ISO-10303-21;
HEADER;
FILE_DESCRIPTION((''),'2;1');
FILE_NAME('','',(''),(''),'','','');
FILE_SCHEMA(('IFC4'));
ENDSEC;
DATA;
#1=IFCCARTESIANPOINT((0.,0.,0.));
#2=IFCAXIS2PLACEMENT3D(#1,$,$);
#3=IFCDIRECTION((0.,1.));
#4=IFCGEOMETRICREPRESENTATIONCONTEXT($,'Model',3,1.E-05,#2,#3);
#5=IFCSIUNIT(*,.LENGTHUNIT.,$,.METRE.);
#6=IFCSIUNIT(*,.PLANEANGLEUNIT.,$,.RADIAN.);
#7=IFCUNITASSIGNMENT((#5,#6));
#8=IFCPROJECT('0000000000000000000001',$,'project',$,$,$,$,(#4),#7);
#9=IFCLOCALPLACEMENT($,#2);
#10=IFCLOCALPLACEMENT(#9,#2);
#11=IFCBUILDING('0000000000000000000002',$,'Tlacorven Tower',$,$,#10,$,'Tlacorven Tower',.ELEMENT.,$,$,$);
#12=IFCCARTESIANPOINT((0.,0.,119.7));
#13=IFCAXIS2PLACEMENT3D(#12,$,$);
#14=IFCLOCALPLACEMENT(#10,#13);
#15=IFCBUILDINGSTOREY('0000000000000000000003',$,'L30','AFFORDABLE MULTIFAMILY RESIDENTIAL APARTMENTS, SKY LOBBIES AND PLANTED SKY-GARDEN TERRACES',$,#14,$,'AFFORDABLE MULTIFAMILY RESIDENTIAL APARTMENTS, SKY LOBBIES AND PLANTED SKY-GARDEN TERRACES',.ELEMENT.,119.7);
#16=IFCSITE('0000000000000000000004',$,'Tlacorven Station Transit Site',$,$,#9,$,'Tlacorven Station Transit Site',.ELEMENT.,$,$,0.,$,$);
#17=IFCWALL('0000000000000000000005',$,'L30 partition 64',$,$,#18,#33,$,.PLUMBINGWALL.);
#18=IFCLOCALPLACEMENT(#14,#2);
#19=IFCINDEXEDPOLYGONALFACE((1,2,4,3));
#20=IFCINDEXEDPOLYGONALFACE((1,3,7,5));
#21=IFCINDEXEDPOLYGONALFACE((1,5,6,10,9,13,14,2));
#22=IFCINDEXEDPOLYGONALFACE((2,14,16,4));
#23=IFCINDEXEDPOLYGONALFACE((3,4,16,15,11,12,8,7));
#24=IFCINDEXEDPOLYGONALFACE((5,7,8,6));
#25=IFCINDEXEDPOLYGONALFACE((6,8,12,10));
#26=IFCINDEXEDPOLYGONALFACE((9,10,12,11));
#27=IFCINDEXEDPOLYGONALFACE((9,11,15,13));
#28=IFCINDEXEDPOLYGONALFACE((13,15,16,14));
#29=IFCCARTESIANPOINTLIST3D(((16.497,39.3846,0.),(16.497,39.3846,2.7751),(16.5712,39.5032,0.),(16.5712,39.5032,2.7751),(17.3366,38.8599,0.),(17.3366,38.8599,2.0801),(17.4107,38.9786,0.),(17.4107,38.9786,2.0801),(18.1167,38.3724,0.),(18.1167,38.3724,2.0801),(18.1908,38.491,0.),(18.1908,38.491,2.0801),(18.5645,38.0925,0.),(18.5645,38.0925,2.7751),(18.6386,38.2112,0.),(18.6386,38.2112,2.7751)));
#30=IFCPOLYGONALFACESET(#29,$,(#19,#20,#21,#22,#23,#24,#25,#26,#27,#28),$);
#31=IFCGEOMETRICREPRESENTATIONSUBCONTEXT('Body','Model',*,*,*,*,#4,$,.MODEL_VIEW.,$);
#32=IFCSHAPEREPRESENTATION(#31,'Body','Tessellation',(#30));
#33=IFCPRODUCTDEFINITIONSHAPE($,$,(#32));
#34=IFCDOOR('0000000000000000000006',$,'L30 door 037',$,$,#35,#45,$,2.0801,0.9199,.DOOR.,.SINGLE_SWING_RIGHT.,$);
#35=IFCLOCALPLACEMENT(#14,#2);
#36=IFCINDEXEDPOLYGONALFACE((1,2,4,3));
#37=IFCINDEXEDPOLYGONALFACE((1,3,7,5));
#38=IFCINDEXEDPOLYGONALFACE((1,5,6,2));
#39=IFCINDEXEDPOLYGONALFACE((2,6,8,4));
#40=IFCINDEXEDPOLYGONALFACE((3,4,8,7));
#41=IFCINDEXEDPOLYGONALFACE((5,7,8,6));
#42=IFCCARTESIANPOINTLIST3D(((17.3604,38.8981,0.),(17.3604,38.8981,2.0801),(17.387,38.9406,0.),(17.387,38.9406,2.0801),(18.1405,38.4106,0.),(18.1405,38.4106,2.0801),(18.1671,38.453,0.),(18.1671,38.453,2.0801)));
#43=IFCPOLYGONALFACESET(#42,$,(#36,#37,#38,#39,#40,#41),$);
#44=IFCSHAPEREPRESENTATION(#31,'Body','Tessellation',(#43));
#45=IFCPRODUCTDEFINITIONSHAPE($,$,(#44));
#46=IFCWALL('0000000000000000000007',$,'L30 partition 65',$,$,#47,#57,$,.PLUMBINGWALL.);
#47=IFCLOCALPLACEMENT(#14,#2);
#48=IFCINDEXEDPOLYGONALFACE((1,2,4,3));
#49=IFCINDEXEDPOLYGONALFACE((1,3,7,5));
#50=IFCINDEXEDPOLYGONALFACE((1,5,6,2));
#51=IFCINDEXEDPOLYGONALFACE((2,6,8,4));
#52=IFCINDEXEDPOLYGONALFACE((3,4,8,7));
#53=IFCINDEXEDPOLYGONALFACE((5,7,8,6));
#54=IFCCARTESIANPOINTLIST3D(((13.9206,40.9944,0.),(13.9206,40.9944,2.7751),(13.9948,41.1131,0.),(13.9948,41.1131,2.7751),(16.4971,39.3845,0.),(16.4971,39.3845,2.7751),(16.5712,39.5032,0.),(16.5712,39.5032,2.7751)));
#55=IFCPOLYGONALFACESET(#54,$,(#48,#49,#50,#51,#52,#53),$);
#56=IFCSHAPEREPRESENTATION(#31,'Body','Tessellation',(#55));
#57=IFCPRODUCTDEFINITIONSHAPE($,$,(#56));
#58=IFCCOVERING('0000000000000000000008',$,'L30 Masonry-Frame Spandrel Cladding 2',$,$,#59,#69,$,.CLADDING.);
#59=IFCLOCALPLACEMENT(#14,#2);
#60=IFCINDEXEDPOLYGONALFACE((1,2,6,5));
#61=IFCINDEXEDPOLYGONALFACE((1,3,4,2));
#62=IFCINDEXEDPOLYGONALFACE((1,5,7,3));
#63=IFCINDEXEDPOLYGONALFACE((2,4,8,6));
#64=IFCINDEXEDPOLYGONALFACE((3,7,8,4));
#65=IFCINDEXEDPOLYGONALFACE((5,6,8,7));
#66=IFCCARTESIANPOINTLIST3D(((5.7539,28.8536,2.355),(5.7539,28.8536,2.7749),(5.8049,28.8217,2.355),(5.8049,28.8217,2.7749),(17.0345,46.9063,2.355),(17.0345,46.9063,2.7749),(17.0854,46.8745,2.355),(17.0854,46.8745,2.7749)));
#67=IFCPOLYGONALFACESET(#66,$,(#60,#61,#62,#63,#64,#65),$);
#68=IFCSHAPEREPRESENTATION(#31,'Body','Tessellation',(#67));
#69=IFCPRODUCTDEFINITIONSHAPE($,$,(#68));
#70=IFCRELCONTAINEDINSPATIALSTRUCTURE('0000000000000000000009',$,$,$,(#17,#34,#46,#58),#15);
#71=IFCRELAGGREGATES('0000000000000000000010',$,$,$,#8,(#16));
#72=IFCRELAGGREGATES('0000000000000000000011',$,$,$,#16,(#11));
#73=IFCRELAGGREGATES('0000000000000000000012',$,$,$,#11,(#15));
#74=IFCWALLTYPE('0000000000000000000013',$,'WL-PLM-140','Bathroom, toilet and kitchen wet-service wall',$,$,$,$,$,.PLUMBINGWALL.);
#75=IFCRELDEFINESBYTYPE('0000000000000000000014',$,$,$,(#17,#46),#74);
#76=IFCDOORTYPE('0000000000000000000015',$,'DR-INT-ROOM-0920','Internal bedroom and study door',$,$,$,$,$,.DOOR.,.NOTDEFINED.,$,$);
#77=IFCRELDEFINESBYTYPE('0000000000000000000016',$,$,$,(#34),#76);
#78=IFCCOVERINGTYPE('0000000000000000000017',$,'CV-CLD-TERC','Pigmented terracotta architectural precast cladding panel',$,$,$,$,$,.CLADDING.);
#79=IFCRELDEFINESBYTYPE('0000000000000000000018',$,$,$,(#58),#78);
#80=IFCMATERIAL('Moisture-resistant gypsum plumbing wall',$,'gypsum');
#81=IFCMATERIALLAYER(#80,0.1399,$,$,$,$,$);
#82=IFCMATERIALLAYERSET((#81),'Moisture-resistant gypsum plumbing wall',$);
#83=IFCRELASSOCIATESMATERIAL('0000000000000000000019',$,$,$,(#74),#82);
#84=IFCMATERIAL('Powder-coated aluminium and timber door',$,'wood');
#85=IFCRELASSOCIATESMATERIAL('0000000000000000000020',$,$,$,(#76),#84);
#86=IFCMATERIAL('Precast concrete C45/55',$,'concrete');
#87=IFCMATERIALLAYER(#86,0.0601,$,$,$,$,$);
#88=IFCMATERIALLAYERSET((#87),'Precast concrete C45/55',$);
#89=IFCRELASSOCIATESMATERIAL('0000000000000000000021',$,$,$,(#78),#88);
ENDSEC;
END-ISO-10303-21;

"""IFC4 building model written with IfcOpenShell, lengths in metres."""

from ifc_helpers import new_model, si_unit, direction, frame, frame_2d, origin, origin_2d, place, context, subcontext, project, spatial, rectangle, extrude, source, transform, mapped, material, layer, layer_set, type_object, element, fill, save


model = new_model("IFC4")

# Units and contexts
model_context = context("Model", 3, precision=1e-05, world=origin(), true_north=direction((0.0, 1.0)))
body_context = subcontext(model_context, "Body", "Model", "MODEL_VIEW")
ifc_project = project(units=[si_unit("LENGTHUNIT", "METRE"), si_unit("PLANEANGLEUNIT", "RADIAN")], contexts=[model_context])

# Site, building, storey
site_placement = place(None, origin())
site = spatial("IfcSite", under=ifc_project, at=site_placement, Name="Tlacorven Station Transit Site", LongName="Tlacorven Station Transit Site", CompositionType="ELEMENT", RefElevation=0.0)
building_placement = place(site_placement, origin())
building = spatial("IfcBuilding", under=site, at=building_placement, Name="Tlacorven Tower", LongName="Tlacorven Tower", CompositionType="ELEMENT")
storey_placement = place(building_placement, frame((0.0, 0.0, 119.7)))
storey = spatial("IfcBuildingStorey", under=building, at=storey_placement, Name="L30", Description="AFFORDABLE MULTIFAMILY RESIDENTIAL APARTMENTS, SKY LOBBIES AND PLANTED SKY-GARDEN TERRACES", LongName="AFFORDABLE MULTIFAMILY RESIDENTIAL APARTMENTS, SKY LOBBIES AND PLANTED SKY-GARDEN TERRACES", CompositionType="ELEMENT", Elevation=119.7)

# Wall, opening, door
ifc_material_1 = material(Name="Moisture-resistant gypsum plumbing wall", Category="gypsum")
ifc_layer_1 = layer(ifc_material_1, 0.1399)
ifc_layer_set_1 = layer_set([ifc_layer_1], Name="Moisture-resistant gypsum plumbing wall")
wall_type_1 = type_object("IfcWallType", Name="WL-PLM-140", Description="Bathroom, toilet and kitchen wet-service wall", PredefinedType="PLUMBINGWALL", material=ifc_layer_set_1)
wall_1_placement = place(storey_placement, frame((18.6016, 38.1519, 0.0), z_axis=(0.0, 0.0, 1.0), x_axis=(-0.848021, 0.529963, 0.0)))
wall_1 = element("IfcWall", 1, at=wall_1_placement, inside=storey, type_object=wall_type_1, Name="L30 partition 64", PredefinedType="PLUMBINGWALL", context=body_context, shape_type="SweptSolid", body=[
    extrude(rectangle(XDim=2.438, YDim=0.1399, at=frame_2d((1.219, 0.0))), origin(), (0.0, 0.0, 1.0), 2.7751),
])
opening_placement = place(wall_1_placement, frame((0.5281, 0.0, 0.0)))
opening = element("IfcOpeningElement", 2, at=opening_placement, cuts=wall_1, PredefinedType="OPENING", context=body_context, shape_type="SweptSolid", body=[
    extrude(rectangle(XDim=0.9199, YDim=2.0801, at=frame_2d((0.46, 1.04))), frame((0.0, 0.0801, 0.0), z_axis=(0.0, -1.0, 0.0), x_axis=(1.0, 0.0, 0.0)), (0.0, 0.0, 1.0), 0.1599),
])
ifc_material_2 = material(Name="Powder-coated aluminium and timber door", Category="wood")
door_type = type_object("IfcDoorType", Name="DR-INT-ROOM-0920", Description="Internal bedroom and study door", OperationType="NOTDEFINED", PredefinedType="DOOR", material=ifc_material_2)
shared_shape_1 = source(origin(), body_context, "Body", "SweptSolid", [
    extrude(rectangle(XDim=0.9199, YDim=2.0801, at=frame_2d((0.46, 1.04))), frame((0.0, 0.0249, 0.0), z_axis=(0.0, -1.0, 0.0), x_axis=(1.0, 0.0, 0.0)), (0.0, 0.0, 1.0), 0.05),
])
door_placement = place(opening_placement, origin())
door = element("IfcDoor", 3, at=door_placement, inside=storey, type_object=door_type, Name="L30 door 037", OperationType="SINGLE_SWING_RIGHT", OverallHeight=2.0801, OverallWidth=0.9199, PredefinedType="DOOR", context=body_context, shape_type="MappedRepresentation", body=[
    mapped(shared_shape_1, transform((0.0, 0.0, 0.0), scale=1.0)),
])
fill(opening, door)

# Wall
wall_2_placement = place(storey_placement, frame((16.5342, 39.4438, 0.0), z_axis=(0.0, 0.0, 1.0), x_axis=(-0.848057, 0.529905, 0.0)))
element("IfcWall", 4, at=wall_2_placement, inside=storey, type_object=wall_type_1, Name="L30 partition 65", PredefinedType="PLUMBINGWALL", context=body_context, shape_type="SweptSolid", body=[
    extrude(rectangle(XDim=3.0381, YDim=0.1399, at=frame_2d((1.519, 0.0))), origin(), (0.0, 0.0, 1.0), 2.7751),
])

# Covering
ifc_material_3 = material(Name="Precast concrete C45/55", Category="concrete")
ifc_layer_2 = layer(ifc_material_3, 0.0601)
ifc_layer_set_2 = layer_set([ifc_layer_2], Name="Precast concrete C45/55")
covering_type = type_object("IfcCoveringType", Name="CV-CLD-TERC", Description="Pigmented terracotta architectural precast cladding panel", PredefinedType="CLADDING", material=ifc_layer_set_2)
shared_shape_2 = source(origin(), body_context, "Body", "SweptSolid", [
    extrude(rectangle(XDim=21.2874, YDim=0.0601, at=origin_2d()), origin(), (0.0, 0.0, 1.0), 0.4199),
])
covering_placement = place(storey_placement, frame((11.4197, 37.864, 2.355), z_axis=(0.0, 0.0, 1.0), x_axis=(0.529919, 0.848048, 0.0)))
element("IfcCovering", 5, at=covering_placement, inside=storey, type_object=covering_type, Name="L30 Masonry-Frame Spandrel Cladding 2", PredefinedType="CLADDING", context=body_context, shape_type="MappedRepresentation", body=[
    mapped(shared_shape_2, transform((0.0, 0.0, 0.0), scale=1.0)),
])

save(model, "model.ifc")
